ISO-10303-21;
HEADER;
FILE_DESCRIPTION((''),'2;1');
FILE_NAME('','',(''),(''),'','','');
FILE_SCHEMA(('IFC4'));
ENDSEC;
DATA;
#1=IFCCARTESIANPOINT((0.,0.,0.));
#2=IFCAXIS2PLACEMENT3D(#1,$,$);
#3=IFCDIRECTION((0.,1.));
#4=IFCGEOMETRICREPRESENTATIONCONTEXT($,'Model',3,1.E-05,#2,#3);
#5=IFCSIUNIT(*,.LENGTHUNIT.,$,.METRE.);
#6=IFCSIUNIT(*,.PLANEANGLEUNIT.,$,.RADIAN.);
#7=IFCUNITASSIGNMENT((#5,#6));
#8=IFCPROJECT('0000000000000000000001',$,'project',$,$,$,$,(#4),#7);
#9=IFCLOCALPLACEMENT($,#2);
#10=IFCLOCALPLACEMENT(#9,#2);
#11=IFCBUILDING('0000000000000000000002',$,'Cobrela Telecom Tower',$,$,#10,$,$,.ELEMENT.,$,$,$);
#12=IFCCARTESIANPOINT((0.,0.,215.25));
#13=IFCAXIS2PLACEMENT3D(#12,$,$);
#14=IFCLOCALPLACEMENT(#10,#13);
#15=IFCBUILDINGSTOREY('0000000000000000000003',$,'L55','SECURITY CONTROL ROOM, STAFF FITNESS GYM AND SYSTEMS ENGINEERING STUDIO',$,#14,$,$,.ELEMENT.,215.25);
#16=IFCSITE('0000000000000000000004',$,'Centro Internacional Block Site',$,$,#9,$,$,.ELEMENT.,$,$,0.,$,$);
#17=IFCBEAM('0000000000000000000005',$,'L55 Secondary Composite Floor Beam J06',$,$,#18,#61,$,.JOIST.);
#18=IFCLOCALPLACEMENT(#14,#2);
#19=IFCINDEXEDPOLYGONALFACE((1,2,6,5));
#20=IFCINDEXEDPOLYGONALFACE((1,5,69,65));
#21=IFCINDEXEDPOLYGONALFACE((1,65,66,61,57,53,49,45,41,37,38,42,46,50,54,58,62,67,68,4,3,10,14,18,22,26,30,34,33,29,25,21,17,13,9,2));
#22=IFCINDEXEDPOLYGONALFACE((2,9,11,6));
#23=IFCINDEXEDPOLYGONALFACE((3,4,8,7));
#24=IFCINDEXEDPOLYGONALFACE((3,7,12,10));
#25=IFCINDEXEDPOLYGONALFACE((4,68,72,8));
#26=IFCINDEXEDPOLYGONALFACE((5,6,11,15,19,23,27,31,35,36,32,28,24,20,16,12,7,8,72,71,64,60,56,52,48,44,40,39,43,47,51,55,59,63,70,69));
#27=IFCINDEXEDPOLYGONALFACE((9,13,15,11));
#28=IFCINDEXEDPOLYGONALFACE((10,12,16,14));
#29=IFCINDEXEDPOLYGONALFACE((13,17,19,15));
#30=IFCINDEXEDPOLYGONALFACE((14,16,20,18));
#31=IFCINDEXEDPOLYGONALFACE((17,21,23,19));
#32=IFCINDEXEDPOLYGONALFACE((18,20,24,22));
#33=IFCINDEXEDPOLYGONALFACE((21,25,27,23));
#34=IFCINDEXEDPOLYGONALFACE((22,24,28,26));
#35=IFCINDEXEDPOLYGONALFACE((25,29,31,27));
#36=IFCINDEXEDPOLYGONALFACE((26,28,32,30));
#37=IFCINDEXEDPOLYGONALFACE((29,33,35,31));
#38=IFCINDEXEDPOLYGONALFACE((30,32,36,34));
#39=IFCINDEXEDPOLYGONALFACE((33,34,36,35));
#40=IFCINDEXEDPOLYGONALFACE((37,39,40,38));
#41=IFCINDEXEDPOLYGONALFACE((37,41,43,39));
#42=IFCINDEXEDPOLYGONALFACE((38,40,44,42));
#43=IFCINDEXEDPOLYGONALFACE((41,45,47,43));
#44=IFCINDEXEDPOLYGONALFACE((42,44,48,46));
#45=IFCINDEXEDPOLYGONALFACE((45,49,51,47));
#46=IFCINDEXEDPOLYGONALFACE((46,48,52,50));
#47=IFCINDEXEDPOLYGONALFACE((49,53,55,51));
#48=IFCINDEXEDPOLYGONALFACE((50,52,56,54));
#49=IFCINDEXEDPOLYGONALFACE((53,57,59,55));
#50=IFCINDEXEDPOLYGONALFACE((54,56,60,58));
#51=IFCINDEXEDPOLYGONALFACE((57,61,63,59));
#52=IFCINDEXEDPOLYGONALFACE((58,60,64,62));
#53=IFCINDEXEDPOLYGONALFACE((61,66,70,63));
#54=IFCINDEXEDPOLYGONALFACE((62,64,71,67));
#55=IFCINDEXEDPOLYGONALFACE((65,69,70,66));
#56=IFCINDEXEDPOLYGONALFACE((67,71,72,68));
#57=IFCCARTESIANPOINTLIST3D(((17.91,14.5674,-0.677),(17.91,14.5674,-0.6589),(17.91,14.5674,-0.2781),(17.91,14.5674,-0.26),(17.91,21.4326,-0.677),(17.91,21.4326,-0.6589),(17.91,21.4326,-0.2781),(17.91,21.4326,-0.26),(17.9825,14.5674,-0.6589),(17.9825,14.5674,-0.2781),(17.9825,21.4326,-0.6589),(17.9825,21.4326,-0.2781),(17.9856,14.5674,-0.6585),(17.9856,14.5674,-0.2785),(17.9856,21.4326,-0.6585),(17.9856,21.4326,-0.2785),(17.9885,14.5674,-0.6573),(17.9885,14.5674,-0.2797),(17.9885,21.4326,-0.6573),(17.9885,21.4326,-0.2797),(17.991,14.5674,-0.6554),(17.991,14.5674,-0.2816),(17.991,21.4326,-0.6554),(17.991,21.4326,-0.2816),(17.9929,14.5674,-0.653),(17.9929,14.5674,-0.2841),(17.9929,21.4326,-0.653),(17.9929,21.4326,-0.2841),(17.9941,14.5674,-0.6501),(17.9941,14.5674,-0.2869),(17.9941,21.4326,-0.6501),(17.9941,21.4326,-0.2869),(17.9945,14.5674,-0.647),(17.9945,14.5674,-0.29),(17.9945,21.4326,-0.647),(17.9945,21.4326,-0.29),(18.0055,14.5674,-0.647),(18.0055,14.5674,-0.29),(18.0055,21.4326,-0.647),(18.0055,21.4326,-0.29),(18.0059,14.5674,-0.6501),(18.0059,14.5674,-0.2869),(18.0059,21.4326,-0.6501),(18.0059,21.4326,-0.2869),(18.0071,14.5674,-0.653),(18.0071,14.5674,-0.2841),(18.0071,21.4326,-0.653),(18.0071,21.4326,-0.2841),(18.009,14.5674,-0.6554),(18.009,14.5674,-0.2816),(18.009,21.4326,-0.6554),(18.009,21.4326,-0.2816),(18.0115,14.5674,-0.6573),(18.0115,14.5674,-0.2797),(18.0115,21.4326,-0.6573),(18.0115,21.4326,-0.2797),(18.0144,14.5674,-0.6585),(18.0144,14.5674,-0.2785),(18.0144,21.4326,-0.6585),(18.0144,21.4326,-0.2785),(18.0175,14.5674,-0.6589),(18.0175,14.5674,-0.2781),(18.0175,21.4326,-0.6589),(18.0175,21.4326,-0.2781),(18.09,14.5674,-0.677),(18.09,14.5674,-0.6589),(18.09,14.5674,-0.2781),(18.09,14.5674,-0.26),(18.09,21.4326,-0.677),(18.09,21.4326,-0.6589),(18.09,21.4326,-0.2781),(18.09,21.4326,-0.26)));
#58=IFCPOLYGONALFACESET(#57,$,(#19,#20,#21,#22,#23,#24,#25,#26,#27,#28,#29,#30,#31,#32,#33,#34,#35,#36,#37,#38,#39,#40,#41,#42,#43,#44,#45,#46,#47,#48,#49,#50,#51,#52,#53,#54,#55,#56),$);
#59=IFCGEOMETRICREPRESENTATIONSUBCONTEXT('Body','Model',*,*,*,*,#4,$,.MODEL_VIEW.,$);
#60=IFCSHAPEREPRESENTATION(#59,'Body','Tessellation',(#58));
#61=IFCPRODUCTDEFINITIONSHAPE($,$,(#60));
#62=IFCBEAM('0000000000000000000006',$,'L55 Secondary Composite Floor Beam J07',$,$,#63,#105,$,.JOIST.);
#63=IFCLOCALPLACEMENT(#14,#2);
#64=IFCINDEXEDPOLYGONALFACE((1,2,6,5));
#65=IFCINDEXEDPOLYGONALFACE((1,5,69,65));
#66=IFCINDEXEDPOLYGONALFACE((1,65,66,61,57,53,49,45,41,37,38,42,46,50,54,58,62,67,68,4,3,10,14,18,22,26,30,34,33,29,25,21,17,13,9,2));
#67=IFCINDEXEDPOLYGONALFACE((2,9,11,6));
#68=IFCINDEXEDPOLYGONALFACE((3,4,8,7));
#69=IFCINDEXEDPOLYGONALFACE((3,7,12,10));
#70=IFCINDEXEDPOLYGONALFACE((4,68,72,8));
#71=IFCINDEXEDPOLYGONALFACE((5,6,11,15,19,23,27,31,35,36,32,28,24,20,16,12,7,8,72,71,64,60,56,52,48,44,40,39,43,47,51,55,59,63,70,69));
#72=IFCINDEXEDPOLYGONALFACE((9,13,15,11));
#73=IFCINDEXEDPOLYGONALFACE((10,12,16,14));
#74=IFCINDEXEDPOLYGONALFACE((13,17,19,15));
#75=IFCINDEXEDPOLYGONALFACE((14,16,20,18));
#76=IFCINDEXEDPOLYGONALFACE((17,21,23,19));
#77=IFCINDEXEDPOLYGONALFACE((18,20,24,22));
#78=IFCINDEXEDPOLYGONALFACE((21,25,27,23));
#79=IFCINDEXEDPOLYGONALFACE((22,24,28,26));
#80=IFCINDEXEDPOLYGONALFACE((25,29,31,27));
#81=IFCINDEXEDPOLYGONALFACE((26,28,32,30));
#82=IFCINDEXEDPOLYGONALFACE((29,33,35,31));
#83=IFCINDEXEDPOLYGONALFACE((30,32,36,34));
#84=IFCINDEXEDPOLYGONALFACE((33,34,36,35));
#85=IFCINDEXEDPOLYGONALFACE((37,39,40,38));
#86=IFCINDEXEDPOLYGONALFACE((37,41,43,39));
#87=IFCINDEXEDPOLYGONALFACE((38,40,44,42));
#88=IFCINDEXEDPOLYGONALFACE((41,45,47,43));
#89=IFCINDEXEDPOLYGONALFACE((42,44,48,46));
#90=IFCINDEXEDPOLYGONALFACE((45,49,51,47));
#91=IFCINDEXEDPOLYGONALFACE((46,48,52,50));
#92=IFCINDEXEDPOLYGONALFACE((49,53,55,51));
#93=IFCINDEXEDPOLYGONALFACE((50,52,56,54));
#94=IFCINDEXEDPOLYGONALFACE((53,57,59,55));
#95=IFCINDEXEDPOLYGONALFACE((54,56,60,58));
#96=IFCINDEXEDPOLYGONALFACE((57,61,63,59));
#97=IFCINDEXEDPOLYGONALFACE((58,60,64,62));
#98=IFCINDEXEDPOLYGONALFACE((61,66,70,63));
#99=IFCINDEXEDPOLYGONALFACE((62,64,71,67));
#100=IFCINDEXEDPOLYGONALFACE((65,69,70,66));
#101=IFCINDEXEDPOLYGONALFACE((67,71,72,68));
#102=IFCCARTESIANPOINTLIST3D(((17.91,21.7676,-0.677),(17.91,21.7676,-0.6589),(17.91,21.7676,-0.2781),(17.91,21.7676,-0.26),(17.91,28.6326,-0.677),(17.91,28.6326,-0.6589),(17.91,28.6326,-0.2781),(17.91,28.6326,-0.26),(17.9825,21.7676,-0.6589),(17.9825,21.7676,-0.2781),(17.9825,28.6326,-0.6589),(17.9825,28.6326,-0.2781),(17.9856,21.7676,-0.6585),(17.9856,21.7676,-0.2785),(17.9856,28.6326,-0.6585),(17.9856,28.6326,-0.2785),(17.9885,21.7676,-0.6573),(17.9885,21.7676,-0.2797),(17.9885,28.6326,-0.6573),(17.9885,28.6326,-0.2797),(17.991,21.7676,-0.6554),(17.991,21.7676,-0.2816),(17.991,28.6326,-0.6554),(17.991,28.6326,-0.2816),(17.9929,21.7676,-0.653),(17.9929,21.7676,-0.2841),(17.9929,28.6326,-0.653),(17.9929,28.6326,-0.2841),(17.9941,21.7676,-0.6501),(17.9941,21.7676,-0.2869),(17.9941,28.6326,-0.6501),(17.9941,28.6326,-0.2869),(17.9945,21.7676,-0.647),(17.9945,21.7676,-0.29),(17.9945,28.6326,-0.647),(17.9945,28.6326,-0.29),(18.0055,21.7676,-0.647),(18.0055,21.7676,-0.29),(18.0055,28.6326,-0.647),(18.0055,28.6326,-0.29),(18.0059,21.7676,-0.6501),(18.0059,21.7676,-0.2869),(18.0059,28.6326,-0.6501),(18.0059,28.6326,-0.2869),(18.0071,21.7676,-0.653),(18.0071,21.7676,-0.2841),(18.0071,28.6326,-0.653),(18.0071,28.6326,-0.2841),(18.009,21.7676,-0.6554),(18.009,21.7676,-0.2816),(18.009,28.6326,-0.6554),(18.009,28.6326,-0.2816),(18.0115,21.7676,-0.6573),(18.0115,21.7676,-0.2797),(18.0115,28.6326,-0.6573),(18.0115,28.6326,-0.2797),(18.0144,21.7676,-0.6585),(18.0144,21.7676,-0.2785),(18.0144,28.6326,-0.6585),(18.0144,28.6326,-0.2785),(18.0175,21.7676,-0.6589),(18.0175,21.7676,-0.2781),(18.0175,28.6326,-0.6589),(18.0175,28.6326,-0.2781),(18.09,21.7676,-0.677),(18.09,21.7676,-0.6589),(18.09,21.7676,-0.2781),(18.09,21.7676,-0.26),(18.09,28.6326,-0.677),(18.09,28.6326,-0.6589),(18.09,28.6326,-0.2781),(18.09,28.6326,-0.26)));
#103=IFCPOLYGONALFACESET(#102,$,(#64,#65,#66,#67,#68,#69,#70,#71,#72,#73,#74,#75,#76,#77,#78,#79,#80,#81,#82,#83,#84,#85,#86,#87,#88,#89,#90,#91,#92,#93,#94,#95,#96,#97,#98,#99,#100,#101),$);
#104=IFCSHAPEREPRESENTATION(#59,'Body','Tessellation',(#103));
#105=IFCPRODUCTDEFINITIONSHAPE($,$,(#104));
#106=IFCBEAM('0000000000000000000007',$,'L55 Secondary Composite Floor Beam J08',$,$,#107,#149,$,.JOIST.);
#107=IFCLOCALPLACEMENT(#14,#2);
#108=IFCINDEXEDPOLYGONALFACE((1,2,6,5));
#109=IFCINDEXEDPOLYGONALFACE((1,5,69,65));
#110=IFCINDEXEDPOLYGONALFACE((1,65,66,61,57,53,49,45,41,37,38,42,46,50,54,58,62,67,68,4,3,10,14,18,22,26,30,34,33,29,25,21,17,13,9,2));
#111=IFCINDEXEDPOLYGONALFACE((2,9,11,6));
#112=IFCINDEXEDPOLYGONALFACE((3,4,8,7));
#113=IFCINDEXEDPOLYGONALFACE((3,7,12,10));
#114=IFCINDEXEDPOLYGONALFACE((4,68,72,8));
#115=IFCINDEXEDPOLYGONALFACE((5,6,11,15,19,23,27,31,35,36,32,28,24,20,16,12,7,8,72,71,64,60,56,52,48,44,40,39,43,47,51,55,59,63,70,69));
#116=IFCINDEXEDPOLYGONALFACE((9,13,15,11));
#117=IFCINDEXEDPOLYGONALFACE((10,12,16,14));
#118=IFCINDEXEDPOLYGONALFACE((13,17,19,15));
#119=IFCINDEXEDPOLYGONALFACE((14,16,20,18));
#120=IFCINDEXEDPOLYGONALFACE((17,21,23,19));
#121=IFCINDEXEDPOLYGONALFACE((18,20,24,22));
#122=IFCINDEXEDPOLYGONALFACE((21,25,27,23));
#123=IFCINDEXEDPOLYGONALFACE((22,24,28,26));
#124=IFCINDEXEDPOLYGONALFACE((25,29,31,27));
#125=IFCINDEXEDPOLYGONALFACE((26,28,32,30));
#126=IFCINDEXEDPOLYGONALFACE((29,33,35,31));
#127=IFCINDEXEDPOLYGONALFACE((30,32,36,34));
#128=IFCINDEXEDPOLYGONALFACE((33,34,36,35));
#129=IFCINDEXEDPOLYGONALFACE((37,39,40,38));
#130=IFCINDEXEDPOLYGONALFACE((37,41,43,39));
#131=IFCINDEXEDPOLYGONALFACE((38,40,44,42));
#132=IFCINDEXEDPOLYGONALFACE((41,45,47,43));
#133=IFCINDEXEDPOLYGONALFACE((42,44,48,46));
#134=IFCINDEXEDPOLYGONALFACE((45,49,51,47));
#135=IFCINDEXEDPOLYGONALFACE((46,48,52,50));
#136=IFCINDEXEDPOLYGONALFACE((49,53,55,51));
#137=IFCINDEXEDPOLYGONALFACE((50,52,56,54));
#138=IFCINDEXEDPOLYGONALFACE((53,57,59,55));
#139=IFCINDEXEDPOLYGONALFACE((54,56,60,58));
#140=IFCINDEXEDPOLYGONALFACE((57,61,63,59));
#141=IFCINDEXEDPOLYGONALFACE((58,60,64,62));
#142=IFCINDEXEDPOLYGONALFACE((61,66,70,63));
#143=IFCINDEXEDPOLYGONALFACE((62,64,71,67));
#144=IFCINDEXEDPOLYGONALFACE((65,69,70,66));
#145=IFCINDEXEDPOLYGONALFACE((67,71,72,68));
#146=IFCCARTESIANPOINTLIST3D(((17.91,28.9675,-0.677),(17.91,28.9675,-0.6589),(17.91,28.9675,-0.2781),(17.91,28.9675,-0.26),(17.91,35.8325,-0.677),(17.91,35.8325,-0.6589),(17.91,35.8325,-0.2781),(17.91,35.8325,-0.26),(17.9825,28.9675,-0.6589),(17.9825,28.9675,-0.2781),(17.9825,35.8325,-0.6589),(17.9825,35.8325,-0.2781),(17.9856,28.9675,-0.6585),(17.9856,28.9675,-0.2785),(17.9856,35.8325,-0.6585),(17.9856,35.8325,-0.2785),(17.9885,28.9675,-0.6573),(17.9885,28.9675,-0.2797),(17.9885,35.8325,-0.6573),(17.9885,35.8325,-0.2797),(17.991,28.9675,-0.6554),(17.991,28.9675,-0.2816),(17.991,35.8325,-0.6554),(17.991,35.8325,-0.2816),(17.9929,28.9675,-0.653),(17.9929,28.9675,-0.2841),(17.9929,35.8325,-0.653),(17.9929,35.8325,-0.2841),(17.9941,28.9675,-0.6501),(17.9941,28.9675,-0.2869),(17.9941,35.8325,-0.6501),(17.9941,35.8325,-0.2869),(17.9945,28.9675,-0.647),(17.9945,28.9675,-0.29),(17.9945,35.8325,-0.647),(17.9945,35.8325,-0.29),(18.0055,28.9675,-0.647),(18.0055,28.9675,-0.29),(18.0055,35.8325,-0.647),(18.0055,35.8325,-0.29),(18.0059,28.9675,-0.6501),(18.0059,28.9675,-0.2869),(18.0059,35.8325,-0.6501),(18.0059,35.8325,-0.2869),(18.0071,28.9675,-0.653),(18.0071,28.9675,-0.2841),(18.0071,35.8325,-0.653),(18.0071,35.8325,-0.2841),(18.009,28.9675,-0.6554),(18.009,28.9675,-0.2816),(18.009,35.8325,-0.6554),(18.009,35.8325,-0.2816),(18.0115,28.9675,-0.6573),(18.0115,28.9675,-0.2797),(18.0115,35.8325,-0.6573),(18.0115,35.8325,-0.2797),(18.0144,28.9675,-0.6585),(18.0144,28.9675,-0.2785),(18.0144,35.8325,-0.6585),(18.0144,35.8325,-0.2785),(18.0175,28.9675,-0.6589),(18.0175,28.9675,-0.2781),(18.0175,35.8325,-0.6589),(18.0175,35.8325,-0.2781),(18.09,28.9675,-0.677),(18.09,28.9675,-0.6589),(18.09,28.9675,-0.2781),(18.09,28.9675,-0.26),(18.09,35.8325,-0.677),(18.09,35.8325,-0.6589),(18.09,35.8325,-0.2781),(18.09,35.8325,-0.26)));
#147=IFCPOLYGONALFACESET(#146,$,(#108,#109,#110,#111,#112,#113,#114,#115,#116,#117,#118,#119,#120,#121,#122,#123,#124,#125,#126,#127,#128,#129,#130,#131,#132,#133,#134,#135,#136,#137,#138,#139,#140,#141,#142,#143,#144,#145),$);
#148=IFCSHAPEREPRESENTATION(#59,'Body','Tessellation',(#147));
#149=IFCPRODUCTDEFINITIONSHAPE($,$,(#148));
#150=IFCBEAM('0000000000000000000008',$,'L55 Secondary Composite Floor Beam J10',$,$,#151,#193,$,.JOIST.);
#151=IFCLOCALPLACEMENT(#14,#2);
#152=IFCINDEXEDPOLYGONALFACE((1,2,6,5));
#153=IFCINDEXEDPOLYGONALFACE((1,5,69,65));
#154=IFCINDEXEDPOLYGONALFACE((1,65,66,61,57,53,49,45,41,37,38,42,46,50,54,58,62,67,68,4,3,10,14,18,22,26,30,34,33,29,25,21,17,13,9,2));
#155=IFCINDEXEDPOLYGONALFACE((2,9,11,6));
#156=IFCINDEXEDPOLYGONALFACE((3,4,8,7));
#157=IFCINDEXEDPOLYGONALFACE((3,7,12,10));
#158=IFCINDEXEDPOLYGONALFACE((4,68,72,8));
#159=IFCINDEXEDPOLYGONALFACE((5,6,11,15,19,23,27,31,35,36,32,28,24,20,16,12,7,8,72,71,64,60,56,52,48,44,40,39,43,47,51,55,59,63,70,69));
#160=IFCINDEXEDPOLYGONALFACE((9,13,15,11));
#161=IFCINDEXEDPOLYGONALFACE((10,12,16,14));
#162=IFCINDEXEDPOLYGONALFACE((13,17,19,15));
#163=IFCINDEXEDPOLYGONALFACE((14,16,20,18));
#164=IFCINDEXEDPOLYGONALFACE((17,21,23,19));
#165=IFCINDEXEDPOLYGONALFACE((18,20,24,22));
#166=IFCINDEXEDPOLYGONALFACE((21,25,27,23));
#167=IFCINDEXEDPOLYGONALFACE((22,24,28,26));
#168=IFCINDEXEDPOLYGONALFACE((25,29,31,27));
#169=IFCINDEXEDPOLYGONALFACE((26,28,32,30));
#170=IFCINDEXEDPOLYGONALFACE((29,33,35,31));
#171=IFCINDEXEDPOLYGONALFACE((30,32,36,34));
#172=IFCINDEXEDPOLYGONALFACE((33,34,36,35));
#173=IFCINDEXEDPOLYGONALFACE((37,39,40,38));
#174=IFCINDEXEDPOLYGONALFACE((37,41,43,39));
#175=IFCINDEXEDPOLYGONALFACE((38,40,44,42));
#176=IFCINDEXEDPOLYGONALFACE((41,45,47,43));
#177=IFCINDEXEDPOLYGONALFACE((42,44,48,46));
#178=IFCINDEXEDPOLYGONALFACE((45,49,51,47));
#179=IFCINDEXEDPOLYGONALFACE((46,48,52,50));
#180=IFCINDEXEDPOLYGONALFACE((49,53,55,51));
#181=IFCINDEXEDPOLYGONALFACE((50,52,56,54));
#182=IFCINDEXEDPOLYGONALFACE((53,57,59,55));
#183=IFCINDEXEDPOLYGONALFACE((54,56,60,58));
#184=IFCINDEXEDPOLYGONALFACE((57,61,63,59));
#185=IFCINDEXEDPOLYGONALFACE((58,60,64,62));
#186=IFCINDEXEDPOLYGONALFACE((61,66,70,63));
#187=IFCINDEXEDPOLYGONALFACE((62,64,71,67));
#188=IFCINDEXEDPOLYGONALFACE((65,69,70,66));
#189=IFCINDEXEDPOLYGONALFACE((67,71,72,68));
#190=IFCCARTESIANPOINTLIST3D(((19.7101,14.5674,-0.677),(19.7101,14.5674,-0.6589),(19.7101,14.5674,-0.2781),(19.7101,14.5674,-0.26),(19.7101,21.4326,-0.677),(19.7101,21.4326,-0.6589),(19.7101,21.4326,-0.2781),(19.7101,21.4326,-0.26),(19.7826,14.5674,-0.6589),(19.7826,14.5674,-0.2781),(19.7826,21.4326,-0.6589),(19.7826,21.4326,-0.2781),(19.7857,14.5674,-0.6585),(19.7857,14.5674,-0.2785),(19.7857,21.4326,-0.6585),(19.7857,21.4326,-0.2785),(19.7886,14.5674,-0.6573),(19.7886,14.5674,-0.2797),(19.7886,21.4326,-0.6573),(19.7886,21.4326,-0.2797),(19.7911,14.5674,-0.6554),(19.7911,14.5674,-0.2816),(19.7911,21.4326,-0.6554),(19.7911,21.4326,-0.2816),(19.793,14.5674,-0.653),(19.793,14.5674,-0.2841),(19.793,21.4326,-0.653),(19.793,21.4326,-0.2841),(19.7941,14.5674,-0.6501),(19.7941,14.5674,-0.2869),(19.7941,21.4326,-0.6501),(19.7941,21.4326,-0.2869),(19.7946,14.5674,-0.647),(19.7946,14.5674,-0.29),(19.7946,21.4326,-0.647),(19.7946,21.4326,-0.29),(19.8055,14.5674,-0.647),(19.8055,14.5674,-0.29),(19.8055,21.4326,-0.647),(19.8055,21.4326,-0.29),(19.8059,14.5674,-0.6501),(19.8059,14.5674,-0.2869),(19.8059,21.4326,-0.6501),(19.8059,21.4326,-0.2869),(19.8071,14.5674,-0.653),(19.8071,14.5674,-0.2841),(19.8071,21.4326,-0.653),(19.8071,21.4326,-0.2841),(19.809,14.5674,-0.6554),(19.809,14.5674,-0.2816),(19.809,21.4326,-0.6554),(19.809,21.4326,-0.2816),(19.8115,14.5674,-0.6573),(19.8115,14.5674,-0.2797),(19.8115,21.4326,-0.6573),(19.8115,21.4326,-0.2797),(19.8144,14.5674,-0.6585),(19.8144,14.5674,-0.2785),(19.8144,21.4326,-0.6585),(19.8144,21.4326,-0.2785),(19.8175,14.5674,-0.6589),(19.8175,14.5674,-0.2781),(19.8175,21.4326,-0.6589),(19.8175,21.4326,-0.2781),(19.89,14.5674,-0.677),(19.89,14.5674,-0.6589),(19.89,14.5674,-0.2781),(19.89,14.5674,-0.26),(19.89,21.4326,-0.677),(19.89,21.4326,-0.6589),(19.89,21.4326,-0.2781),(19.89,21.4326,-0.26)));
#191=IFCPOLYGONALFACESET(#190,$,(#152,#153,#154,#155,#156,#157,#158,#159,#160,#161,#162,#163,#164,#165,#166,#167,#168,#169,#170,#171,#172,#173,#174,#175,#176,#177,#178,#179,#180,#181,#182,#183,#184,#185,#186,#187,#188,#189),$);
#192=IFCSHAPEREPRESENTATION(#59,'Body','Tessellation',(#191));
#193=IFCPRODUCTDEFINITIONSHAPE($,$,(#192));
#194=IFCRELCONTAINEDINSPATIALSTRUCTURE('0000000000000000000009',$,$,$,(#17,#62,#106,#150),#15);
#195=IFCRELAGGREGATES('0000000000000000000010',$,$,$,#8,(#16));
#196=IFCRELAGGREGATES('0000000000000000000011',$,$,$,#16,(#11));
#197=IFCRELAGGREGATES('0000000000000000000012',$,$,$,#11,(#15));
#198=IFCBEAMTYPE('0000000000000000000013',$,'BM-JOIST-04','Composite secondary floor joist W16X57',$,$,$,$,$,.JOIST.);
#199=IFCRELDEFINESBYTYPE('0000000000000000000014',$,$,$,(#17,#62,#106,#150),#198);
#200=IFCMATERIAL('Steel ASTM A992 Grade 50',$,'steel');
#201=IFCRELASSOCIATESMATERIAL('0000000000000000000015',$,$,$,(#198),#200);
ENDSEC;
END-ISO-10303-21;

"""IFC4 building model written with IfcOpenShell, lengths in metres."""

from ifc_helpers import new_model, si_unit, direction, frame, origin, origin_2d, place, context, subcontext, project, spatial, i_section, extrude, material, material_profile, profile_set, type_object, element, save


model = new_model("IFC4")

# Units and contexts
model_context = context("Model", 3, precision=1e-05, world=origin(), true_north=direction((0.0, 1.0)))
body_context = subcontext(model_context, "Body", "Model", "MODEL_VIEW")
ifc_project = project(units=[si_unit("LENGTHUNIT", "METRE"), si_unit("PLANEANGLEUNIT", "RADIAN")], contexts=[model_context])

# Site, building, storey
site_placement = place(None, origin())
site = spatial("IfcSite", under=ifc_project, at=site_placement, Name="Centro Internacional Block Site", CompositionType="ELEMENT", RefElevation=0.0)
building_placement = place(site_placement, origin())
building = spatial("IfcBuilding", under=site, at=building_placement, Name="Cobrela Telecom Tower", CompositionType="ELEMENT")
storey_placement = place(building_placement, frame((0.0, 0.0, 215.25)))
storey = spatial("IfcBuildingStorey", under=building, at=storey_placement, Name="L55", Description="SECURITY CONTROL ROOM, STAFF FITNESS GYM AND SYSTEMS ENGINEERING STUDIO", CompositionType="ELEMENT", Elevation=215.25)

# Shared definitions
ifc_material_1 = material(Name="Steel ASTM A992 Grade 50", Category="steel")

# Beams
ifc_material_profile_1 = material_profile(ifc_material_1, i_section(OverallWidth=0.1799, OverallDepth=0.417, WebThickness=0.011, FlangeThickness=0.0181, FilletRadius=0.012, at=origin_2d()), Name="W16X57")
ifc_profile_set_1 = profile_set([ifc_material_profile_1], Name="Steel ASTM A992 Grade 50")
beam_type_1 = type_object("IfcBeamType", Name="BM-JOIST-04", Description="Composite secondary floor joist W16X57", PredefinedType="JOIST", material=ifc_profile_set_1)
beam_1_placement = place(storey_placement, frame((18.0, 14.5674, -0.4685), z_axis=(0.0, 1.0, 0.0), x_axis=(-1.0, 0.0, 0.0)))
element("IfcBeam", 1, at=beam_1_placement, inside=storey, type_object=beam_type_1, Name="L55 Secondary Composite Floor Beam J06", PredefinedType="JOIST", context=body_context, shape_type="SweptSolid", body=[
    extrude(i_section(OverallWidth=0.1799, OverallDepth=0.417, WebThickness=0.011, FlangeThickness=0.0181, FilletRadius=0.012, at=origin_2d()), origin(), (0.0, 0.0, 1.0), 6.8652),
])
for number, where, z_axis, x_axis, name in (
    (2, (18.0, 21.7676, -0.4685), (0.0, 1.0, 0.0), (-1.0, 0.0, 0.0), "L55 Secondary Composite Floor Beam J07"),
    (3, (18.0, 28.9675, -0.4685), (0.0, 1.0, 0.0), (-1.0, 0.0, 0.0), "L55 Secondary Composite Floor Beam J08"),
):
    element("IfcBeam", number, at=place(storey_placement, frame(where, z_axis=z_axis, x_axis=x_axis)), inside=storey, type_object=beam_type_1, Name=name, PredefinedType="JOIST", context=body_context, shape_type="SweptSolid", body=[
        extrude(i_section(OverallWidth=0.1799, OverallDepth=0.417, WebThickness=0.011, FlangeThickness=0.0181, FilletRadius=0.012, at=origin_2d()), origin(), (0.0, 0.0, 1.0), 6.865),
    ])
beam_2_placement = place(storey_placement, frame((19.8, 14.5674, -0.4685), z_axis=(0.0, 1.0, 0.0), x_axis=(-1.0, 0.0, 0.0)))
element("IfcBeam", 4, at=beam_2_placement, inside=storey, type_object=beam_type_1, Name="L55 Secondary Composite Floor Beam J10", PredefinedType="JOIST", context=body_context, shape_type="SweptSolid", body=[
    extrude(i_section(OverallWidth=0.1799, OverallDepth=0.417, WebThickness=0.011, FlangeThickness=0.0181, FilletRadius=0.012, at=origin_2d()), origin(), (0.0, 0.0, 1.0), 6.8652),
])

save(model, "model.ifc")
